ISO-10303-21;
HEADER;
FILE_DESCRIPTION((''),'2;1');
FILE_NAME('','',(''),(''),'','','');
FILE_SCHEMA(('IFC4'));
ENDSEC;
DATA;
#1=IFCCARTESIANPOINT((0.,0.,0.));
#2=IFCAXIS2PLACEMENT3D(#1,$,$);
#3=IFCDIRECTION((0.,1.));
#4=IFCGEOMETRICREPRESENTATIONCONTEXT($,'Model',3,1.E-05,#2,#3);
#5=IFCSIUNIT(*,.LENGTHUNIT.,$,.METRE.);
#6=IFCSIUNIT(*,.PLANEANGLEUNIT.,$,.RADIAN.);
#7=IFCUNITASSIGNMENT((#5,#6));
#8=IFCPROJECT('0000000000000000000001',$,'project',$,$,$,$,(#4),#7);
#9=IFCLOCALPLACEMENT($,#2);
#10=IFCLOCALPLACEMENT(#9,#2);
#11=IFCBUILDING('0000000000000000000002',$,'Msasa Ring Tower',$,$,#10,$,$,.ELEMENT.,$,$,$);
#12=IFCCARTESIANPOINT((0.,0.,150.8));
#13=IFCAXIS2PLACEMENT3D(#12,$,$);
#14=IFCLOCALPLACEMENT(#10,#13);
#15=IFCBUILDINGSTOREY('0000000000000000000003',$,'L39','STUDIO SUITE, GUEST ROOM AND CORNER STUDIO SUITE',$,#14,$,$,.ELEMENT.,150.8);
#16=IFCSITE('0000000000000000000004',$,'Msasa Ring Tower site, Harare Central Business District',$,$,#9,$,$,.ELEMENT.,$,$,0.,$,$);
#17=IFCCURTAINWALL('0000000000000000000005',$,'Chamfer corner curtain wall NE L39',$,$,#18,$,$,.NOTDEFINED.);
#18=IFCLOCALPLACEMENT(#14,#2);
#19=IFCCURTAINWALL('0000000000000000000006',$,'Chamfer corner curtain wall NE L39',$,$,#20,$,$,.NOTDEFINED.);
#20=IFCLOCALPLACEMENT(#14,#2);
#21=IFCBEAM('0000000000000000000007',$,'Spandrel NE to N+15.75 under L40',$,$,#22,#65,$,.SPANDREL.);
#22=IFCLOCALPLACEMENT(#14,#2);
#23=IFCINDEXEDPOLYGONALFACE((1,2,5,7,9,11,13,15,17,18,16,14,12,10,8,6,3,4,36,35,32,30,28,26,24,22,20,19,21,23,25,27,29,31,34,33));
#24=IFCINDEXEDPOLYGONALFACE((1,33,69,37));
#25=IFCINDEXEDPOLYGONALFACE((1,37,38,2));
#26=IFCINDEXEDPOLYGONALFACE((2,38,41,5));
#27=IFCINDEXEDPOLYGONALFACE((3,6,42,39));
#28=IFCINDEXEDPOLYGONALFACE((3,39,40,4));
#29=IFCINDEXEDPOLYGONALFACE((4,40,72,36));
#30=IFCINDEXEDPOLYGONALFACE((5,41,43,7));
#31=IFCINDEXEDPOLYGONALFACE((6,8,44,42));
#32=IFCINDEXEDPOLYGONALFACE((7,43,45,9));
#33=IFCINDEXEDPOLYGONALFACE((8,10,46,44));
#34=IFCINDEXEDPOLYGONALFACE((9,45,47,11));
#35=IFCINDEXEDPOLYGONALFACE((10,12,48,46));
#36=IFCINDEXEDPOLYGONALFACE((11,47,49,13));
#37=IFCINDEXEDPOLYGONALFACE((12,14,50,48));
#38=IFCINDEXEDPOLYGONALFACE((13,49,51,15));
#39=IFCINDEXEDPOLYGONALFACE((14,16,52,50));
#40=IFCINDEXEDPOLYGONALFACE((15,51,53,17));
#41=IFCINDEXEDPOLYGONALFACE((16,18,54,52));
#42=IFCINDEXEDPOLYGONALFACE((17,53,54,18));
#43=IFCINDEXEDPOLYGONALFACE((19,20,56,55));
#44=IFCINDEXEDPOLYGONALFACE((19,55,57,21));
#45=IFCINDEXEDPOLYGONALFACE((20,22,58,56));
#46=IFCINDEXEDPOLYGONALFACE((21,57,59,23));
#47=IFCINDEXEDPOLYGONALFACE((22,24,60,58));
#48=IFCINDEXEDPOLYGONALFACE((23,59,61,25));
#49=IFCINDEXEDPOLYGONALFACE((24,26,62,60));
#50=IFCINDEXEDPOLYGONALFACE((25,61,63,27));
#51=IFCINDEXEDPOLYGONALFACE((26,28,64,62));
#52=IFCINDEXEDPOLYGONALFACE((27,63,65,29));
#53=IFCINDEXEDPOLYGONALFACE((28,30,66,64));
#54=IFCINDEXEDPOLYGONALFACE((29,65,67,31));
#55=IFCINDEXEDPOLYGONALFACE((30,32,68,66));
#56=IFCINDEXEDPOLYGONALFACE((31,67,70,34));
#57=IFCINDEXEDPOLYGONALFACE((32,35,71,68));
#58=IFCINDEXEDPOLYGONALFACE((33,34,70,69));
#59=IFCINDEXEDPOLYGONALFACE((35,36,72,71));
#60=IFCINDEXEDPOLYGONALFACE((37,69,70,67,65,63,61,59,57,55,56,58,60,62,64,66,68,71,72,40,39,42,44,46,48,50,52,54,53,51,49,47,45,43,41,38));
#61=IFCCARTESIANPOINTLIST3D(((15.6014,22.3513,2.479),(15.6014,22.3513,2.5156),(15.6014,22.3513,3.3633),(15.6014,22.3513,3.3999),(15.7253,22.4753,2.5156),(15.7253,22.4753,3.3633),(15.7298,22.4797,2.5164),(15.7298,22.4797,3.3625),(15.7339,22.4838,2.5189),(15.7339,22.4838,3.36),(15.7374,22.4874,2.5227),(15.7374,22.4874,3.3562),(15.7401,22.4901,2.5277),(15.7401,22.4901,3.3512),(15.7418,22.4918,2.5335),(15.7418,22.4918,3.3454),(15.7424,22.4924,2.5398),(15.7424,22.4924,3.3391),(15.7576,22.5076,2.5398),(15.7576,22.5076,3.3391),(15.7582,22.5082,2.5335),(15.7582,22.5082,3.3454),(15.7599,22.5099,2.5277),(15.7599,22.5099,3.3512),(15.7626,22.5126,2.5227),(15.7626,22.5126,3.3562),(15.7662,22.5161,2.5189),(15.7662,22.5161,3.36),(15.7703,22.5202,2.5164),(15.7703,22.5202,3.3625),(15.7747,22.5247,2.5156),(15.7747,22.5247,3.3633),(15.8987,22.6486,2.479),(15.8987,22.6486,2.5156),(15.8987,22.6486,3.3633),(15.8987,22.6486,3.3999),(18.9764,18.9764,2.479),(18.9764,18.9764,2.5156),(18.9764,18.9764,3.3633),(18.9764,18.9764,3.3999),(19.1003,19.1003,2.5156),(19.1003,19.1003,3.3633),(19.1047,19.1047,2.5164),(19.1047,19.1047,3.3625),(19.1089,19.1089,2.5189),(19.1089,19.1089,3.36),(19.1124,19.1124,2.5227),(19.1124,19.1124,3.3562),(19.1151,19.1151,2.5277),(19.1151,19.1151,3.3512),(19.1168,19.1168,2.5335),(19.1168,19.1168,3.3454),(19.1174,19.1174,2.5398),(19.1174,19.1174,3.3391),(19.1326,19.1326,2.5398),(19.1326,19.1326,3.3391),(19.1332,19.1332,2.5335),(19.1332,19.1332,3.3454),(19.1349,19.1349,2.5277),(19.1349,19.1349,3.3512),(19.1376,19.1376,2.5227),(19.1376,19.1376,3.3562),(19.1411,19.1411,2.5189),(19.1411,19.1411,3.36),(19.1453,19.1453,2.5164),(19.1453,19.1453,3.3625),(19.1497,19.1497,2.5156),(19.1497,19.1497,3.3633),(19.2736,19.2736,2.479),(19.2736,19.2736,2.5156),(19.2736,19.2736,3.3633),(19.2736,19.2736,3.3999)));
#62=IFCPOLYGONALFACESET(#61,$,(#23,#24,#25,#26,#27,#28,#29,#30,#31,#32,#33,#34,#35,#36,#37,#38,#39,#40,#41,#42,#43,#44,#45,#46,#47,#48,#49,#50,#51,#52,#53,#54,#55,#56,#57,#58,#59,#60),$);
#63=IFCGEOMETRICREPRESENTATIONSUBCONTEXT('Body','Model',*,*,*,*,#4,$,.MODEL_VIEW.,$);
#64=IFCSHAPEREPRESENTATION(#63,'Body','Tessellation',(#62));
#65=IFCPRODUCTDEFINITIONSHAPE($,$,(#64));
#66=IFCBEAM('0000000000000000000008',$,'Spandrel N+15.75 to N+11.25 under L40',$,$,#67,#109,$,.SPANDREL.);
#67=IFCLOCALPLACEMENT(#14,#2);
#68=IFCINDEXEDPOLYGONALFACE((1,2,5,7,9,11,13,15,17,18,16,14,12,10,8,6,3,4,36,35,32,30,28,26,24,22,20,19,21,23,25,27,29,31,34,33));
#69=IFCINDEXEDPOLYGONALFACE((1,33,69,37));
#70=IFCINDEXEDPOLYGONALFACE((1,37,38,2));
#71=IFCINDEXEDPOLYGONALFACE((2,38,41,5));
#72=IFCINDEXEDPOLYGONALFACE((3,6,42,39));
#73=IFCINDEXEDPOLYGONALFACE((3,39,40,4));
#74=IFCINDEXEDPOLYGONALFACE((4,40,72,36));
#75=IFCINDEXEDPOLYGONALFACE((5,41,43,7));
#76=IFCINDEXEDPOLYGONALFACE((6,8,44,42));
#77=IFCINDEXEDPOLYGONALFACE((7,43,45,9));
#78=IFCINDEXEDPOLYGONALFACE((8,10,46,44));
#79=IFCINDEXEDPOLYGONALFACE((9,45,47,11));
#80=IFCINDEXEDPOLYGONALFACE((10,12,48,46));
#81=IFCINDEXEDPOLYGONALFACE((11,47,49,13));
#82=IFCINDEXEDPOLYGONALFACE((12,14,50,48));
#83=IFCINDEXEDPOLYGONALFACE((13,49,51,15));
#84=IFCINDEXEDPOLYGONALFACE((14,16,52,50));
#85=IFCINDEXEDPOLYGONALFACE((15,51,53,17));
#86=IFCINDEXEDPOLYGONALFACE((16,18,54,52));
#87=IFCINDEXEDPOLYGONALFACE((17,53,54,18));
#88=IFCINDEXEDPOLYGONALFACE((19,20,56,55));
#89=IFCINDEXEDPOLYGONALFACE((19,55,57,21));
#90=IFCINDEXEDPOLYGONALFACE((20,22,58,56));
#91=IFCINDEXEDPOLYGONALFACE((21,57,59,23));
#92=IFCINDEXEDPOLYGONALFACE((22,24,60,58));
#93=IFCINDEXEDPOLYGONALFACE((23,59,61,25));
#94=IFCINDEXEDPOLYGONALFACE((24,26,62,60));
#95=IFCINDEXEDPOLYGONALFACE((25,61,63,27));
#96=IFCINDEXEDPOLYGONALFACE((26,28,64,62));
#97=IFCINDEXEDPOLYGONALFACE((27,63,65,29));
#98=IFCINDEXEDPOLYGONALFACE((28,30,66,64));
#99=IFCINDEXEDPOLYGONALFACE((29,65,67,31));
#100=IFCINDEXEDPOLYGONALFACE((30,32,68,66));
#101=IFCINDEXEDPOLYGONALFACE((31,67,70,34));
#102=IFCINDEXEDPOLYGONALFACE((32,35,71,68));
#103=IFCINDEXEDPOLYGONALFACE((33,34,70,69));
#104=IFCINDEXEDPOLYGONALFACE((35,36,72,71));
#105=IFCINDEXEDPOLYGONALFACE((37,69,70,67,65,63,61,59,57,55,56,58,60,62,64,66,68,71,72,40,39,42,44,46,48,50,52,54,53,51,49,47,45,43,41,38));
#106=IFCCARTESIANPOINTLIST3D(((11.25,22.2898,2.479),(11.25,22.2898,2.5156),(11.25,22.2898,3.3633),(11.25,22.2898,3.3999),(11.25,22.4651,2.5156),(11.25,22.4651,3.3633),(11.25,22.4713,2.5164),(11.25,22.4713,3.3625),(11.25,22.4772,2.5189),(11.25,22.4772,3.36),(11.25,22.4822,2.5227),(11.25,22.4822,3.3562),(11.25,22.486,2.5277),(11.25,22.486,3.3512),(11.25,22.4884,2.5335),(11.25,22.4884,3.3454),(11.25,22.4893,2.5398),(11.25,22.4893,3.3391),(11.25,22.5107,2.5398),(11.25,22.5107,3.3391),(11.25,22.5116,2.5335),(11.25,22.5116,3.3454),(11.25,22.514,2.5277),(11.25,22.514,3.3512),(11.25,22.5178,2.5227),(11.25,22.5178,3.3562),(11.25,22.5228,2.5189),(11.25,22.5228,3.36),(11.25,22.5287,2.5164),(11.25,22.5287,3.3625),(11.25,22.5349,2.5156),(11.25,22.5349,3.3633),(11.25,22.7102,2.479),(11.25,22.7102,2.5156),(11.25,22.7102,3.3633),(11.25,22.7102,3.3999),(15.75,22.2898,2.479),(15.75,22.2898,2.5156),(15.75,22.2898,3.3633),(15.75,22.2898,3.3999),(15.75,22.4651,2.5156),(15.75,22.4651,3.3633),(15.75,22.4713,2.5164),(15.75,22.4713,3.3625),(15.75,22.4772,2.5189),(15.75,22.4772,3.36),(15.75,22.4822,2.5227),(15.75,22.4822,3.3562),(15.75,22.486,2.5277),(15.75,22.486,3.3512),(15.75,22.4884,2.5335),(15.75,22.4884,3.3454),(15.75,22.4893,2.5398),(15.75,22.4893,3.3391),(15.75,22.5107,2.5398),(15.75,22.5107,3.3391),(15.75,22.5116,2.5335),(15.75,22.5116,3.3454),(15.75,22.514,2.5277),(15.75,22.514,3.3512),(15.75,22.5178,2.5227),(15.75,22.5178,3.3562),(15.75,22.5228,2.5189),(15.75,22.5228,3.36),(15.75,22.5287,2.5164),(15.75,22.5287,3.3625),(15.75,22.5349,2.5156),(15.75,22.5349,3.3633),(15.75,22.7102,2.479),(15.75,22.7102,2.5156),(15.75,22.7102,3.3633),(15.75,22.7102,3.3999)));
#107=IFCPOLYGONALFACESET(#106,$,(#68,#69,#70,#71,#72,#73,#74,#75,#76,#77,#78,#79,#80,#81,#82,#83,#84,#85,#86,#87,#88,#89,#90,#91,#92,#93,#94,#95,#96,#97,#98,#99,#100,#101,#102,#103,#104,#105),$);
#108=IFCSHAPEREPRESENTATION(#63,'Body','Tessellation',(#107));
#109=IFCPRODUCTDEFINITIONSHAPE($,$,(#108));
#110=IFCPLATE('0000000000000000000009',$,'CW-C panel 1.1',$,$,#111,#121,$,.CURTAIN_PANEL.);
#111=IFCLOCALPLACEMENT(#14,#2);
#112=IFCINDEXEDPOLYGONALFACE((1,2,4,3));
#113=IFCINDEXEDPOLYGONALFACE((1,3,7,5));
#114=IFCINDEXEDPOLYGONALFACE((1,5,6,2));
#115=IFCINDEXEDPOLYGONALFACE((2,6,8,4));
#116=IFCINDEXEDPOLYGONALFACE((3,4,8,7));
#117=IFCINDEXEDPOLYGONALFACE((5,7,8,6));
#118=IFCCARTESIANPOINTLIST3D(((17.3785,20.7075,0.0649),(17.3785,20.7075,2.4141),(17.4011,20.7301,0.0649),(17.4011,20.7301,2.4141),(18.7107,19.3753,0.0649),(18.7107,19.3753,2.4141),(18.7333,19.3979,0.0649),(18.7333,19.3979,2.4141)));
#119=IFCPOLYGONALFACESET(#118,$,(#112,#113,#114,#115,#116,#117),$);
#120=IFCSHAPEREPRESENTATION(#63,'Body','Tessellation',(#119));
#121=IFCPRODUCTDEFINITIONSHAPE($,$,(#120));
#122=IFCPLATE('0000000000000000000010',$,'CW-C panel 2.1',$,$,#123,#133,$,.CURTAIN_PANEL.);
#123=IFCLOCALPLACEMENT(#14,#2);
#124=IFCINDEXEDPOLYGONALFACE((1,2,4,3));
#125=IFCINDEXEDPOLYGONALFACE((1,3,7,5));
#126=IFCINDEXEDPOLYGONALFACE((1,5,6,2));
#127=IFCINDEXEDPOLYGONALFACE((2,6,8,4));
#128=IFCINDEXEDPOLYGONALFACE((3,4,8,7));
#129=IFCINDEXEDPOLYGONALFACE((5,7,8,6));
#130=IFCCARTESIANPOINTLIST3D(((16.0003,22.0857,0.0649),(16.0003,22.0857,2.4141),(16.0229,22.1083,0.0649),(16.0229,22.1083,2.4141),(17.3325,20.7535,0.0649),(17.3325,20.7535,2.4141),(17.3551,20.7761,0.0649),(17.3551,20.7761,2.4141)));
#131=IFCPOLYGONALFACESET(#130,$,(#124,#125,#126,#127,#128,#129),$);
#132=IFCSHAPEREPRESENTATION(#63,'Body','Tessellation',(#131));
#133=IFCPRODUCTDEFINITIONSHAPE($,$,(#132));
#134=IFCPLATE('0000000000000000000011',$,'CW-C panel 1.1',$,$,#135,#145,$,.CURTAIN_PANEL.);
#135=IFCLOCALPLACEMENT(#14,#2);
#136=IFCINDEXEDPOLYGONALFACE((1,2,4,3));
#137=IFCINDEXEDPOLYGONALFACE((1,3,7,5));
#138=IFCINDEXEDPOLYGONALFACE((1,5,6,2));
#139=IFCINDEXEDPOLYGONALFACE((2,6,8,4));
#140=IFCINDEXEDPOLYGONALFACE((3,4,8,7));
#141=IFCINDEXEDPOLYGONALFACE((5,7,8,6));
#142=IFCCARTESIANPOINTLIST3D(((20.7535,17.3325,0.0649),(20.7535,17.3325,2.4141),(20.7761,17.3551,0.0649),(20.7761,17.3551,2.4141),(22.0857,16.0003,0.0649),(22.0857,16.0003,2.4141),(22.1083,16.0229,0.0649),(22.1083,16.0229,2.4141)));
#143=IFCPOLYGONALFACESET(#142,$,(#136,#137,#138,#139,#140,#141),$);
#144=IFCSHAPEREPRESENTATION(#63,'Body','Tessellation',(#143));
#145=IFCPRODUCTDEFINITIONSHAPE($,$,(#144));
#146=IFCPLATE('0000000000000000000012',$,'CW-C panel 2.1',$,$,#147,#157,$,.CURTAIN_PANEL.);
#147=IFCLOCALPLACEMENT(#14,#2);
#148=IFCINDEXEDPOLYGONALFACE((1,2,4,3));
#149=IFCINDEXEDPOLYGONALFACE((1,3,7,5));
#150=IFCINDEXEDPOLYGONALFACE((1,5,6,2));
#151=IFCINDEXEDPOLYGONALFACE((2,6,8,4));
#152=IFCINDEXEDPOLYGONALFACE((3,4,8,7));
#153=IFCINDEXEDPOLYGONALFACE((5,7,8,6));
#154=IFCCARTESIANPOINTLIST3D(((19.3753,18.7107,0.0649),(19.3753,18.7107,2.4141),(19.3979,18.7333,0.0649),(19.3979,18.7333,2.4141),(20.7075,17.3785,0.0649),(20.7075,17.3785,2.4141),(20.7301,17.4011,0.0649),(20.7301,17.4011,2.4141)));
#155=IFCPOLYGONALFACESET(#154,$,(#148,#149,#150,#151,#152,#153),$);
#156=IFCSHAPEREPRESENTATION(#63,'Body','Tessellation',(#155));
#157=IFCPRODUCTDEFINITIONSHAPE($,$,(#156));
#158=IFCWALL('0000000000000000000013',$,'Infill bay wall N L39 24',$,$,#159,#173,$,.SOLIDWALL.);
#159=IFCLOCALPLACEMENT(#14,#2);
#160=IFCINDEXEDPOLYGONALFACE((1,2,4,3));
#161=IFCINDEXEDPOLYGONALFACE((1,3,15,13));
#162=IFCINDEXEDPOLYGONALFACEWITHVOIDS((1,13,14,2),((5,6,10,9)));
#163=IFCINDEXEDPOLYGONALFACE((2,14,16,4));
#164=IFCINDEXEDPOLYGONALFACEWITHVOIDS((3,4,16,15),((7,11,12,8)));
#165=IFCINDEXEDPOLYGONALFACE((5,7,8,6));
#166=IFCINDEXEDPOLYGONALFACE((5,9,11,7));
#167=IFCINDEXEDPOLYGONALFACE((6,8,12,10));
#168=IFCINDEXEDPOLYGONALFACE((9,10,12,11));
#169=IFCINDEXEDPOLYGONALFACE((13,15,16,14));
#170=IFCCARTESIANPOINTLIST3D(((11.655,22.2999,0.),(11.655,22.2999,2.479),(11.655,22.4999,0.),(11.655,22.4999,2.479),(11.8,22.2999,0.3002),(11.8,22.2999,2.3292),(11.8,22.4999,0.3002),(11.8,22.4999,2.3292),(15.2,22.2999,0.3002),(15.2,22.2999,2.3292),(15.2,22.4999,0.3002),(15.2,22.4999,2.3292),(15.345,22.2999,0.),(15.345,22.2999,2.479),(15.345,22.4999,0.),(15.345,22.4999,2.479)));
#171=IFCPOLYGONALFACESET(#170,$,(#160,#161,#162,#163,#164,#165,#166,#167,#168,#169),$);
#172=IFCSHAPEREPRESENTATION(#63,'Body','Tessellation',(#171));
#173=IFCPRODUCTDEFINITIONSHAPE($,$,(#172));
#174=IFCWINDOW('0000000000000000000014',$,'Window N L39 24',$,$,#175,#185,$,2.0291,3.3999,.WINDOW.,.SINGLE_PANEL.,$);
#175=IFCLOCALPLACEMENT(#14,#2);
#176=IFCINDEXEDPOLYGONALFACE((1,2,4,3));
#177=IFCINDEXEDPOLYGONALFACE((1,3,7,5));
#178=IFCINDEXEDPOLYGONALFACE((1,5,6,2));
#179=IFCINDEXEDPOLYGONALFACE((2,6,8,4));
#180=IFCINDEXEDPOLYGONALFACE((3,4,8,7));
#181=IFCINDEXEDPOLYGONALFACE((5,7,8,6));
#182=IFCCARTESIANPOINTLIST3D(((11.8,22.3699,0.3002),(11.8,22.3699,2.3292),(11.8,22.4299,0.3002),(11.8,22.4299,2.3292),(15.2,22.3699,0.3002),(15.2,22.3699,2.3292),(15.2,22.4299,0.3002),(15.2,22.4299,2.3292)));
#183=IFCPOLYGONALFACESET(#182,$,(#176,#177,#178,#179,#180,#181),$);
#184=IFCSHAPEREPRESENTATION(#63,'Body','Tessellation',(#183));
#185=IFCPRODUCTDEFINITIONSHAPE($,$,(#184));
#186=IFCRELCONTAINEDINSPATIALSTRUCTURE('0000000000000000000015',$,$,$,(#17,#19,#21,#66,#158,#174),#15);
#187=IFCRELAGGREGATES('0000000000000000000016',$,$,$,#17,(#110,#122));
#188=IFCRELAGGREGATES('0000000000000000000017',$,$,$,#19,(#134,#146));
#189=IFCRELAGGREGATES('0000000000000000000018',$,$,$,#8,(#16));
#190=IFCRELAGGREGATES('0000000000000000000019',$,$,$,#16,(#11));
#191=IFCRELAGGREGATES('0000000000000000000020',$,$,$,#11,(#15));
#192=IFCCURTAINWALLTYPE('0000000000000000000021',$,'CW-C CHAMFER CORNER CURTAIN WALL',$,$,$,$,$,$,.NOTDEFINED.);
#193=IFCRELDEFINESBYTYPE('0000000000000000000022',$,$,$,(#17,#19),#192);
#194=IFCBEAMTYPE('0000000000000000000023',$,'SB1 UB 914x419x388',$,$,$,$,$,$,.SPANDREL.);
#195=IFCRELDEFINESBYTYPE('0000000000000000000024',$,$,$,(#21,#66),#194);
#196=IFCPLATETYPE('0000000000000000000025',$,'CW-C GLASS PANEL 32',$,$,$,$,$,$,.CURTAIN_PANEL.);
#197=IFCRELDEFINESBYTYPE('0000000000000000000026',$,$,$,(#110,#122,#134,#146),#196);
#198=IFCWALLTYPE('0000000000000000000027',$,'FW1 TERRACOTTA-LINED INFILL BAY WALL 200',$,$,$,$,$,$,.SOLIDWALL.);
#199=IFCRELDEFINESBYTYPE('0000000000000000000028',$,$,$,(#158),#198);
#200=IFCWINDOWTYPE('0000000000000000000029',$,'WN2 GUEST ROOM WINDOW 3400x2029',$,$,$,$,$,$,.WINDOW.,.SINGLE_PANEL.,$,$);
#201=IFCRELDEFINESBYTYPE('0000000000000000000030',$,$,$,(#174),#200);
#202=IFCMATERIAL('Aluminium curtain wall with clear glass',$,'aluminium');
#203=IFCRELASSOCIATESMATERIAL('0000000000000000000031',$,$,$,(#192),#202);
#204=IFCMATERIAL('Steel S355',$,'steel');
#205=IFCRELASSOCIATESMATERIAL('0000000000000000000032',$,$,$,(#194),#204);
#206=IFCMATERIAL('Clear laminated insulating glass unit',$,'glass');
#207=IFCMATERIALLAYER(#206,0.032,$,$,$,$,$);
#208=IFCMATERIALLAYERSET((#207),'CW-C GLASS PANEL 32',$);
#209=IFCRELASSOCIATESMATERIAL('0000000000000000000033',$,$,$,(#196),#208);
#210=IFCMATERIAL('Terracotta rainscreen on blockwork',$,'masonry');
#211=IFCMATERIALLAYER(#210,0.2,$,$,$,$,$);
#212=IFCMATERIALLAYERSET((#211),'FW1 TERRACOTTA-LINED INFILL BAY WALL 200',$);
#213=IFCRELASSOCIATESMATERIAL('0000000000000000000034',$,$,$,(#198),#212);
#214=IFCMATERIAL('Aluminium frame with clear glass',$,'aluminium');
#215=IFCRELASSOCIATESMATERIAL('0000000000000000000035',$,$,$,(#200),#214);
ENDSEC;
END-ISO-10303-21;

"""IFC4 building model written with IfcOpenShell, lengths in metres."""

from ifc_helpers import new_model, si_unit, direction, frame, frame_2d, origin, origin_2d, place, context, subcontext, project, spatial, rectangle, i_section, extrude, material, layer, layer_set, material_profile, profile_set, type_object, element, fill, aggregate, save


model = new_model("IFC4")

# Units and contexts
model_context = context("Model", 3, precision=1e-05, world=origin(), true_north=direction((0.0, 1.0)))
body_context = subcontext(model_context, "Body", "Model", "MODEL_VIEW")
ifc_project = project(units=[si_unit("LENGTHUNIT", "METRE"), si_unit("PLANEANGLEUNIT", "RADIAN")], contexts=[model_context])

# Site, building, storey
site_placement = place(None, origin())
site = spatial("IfcSite", under=ifc_project, at=site_placement, Name="Msasa Ring Tower site, Harare Central Business District", CompositionType="ELEMENT", RefElevation=0.0)
building_placement = place(site_placement, origin())
building = spatial("IfcBuilding", under=site, at=building_placement, Name="Msasa Ring Tower", CompositionType="ELEMENT")
storey_placement = place(building_placement, frame((0.0, 0.0, 150.8)))
storey = spatial("IfcBuildingStorey", under=building, at=storey_placement, Name="L39", Description="STUDIO SUITE, GUEST ROOM AND CORNER STUDIO SUITE", CompositionType="ELEMENT", Elevation=150.8)

# Curtain walls
ifc_material_1 = material(Name="Aluminium curtain wall with clear glass", Category="aluminium")
curtain_wall_type = type_object("IfcCurtainWallType", Name="CW-C CHAMFER CORNER CURTAIN WALL", PredefinedType="NOTDEFINED", material=ifc_material_1)
curtain_wall_1_placement = place(storey_placement, origin())
curtain_wall_1 = element("IfcCurtainWall", 1, at=curtain_wall_1_placement, inside=storey, type_object=curtain_wall_type, Name="Chamfer corner curtain wall NE L39", PredefinedType="NOTDEFINED")
curtain_wall_2_placement = place(storey_placement, origin())
curtain_wall_2 = element("IfcCurtainWall", 2, at=curtain_wall_2_placement, inside=storey, type_object=curtain_wall_type, Name="Chamfer corner curtain wall NE L39", PredefinedType="NOTDEFINED")

# Beams
ifc_material_2 = material(Name="Steel S355", Category="steel")
ifc_material_profile_1 = material_profile(ifc_material_2, i_section(OverallWidth=0.4204, OverallDepth=0.9209, WebThickness=0.0215, FlangeThickness=0.0366, FilletRadius=0.0242, at=origin_2d()), Name="UB 914x419x388")
ifc_profile_set_1 = profile_set([ifc_material_profile_1], Name="Steel S355")
beam_type_1 = type_object("IfcBeamType", Name="SB1 UB 914x419x388", PredefinedType="SPANDREL", material=ifc_profile_set_1)
for number, where, z_axis, x_axis, name in (
    (3, (19.125, 19.125, 2.9395), (-0.707107, 0.707107, 0.0), (-0.707107, -0.707107, 0.0), "Spandrel NE to N+15.75 under L40"),
):
    element("IfcBeam", number, at=place(storey_placement, frame(where, z_axis=z_axis, x_axis=x_axis)), inside=storey, type_object=beam_type_1, Name=name, PredefinedType="SPANDREL", context=body_context, shape_type="SweptSolid", body=[
        extrude(i_section(OverallWidth=0.4204, OverallDepth=0.9209, WebThickness=0.0215, FlangeThickness=0.0366, FilletRadius=0.0242, at=origin_2d()), origin(), (0.0, 0.0, 1.0), 4.7729),
    ])
beam_placement = place(storey_placement, frame((15.75, 22.5, 2.9395), z_axis=(-1.0, 0.0, 0.0), x_axis=(0.0, -1.0, 0.0)))
element("IfcBeam", 4, at=beam_placement, inside=storey, type_object=beam_type_1, Name="Spandrel N+15.75 to N+11.25 under L40", PredefinedType="SPANDREL", context=body_context, shape_type="SweptSolid", body=[
    extrude(i_section(OverallWidth=0.4204, OverallDepth=0.9209, WebThickness=0.0215, FlangeThickness=0.0366, FilletRadius=0.0242, at=origin_2d()), origin(), (0.0, 0.0, 1.0), 4.5),
])

# Plates
ifc_material_3 = material(Name="Clear laminated insulating glass unit", Category="glass")
ifc_layer_1 = layer(ifc_material_3, 0.032)
ifc_layer_set_1 = layer_set([ifc_layer_1], Name="CW-C GLASS PANEL 32")
plate_type = type_object("IfcPlateType", Name="CW-C GLASS PANEL 32", PredefinedType="CURTAIN_PANEL", material=ifc_layer_set_1)
plate_1_placement = place(storey_placement, frame((18.0559, 20.0527, 0.0649), z_axis=(0.0, 0.0, 1.0), x_axis=(-0.707107, 0.707107, 0.0)))
plate_1 = element("IfcPlate", 5, at=plate_1_placement, type_object=plate_type, Name="CW-C panel 1.1", PredefinedType="CURTAIN_PANEL", context=body_context, shape_type="SweptSolid", body=[
    extrude(rectangle(XDim=1.884, YDim=0.032, at=origin_2d()), origin(), (0.0, 0.0, 1.0), 2.3491),
])
plate_2_placement = place(storey_placement, frame((16.6777, 21.4309, 0.0649), z_axis=(0.0, 0.0, 1.0), x_axis=(-0.707107, 0.707107, 0.0)))
plate_2 = element("IfcPlate", 6, at=plate_2_placement, type_object=plate_type, Name="CW-C panel 2.1", PredefinedType="CURTAIN_PANEL", context=body_context, shape_type="SweptSolid", body=[
    extrude(rectangle(XDim=1.884, YDim=0.032, at=origin_2d()), origin(), (0.0, 0.0, 1.0), 2.3491),
])
aggregate(curtain_wall_1, [plate_1, plate_2])
plate_3_placement = place(storey_placement, frame((21.4309, 16.6777, 0.0649), z_axis=(0.0, 0.0, 1.0), x_axis=(-0.707107, 0.707107, 0.0)))
plate_3 = element("IfcPlate", 7, at=plate_3_placement, type_object=plate_type, Name="CW-C panel 1.1", PredefinedType="CURTAIN_PANEL", context=body_context, shape_type="SweptSolid", body=[
    extrude(rectangle(XDim=1.884, YDim=0.032, at=origin_2d()), origin(), (0.0, 0.0, 1.0), 2.3491),
])
plate_4_placement = place(storey_placement, frame((20.0527, 18.0559, 0.0649), z_axis=(0.0, 0.0, 1.0), x_axis=(-0.707107, 0.707107, 0.0)))
plate_4 = element("IfcPlate", 8, at=plate_4_placement, type_object=plate_type, Name="CW-C panel 2.1", PredefinedType="CURTAIN_PANEL", context=body_context, shape_type="SweptSolid", body=[
    extrude(rectangle(XDim=1.884, YDim=0.032, at=origin_2d()), origin(), (0.0, 0.0, 1.0), 2.3491),
])
aggregate(curtain_wall_2, [plate_3, plate_4])

# Wall, opening, window
ifc_material_4 = material(Name="Terracotta rainscreen on blockwork", Category="masonry")
ifc_layer_2 = layer(ifc_material_4, 0.2)
ifc_layer_set_2 = layer_set([ifc_layer_2], Name="FW1 TERRACOTTA-LINED INFILL BAY WALL 200")
wall_type = type_object("IfcWallType", Name="FW1 TERRACOTTA-LINED INFILL BAY WALL 200", PredefinedType="SOLIDWALL", material=ifc_layer_set_2)
wall_placement = place(storey_placement, frame((11.655, 22.3999, 0.0), z_axis=(0.0, 0.0, 1.0), x_axis=(1.0, 0.0, 0.0)))
wall = element("IfcWall", 9, at=wall_placement, inside=storey, type_object=wall_type, Name="Infill bay wall N L39 24", PredefinedType="SOLIDWALL", context=body_context, shape_type="SweptSolid", body=[
    extrude(rectangle(XDim=3.6899, YDim=0.2, at=frame_2d((1.845, 0.0))), origin(), (0.0, 0.0, 1.0), 2.479),
])
opening_placement = place(wall_placement, frame((0.145, 0.0, 0.3)))
opening = element("IfcOpeningElement", 10, at=opening_placement, cuts=wall, PredefinedType="OPENING", context=body_context, shape_type="SweptSolid", body=[
    extrude(rectangle(XDim=3.3999, YDim=2.0291, at=frame_2d((1.7, 1.0146))), frame((0.0, 0.1099, 0.0), z_axis=(0.0, -1.0, 0.0), x_axis=(1.0, 0.0, 0.0)), (0.0, 0.0, 1.0), 0.22),
])
ifc_material_5 = material(Name="Aluminium frame with clear glass", Category="aluminium")
window_type = type_object("IfcWindowType", Name="WN2 GUEST ROOM WINDOW 3400x2029", PartitioningType="SINGLE_PANEL", PredefinedType="WINDOW", material=ifc_material_5)
window_placement = place(opening_placement, origin())
window = element("IfcWindow", 11, at=window_placement, inside=storey, type_object=window_type, Name="Window N L39 24", OverallHeight=2.0291, OverallWidth=3.3999, PartitioningType="SINGLE_PANEL", PredefinedType="WINDOW", context=body_context, shape_type="SweptSolid", body=[
    extrude(rectangle(XDim=3.3999, YDim=2.0291, at=frame_2d((1.7, 1.0146))), frame((0.0, 0.03, 0.0), z_axis=(0.0, -1.0, 0.0), x_axis=(1.0, 0.0, 0.0)), (0.0, 0.0, 1.0), 0.0601),
])
fill(opening, window)

save(model, "model.ifc")
